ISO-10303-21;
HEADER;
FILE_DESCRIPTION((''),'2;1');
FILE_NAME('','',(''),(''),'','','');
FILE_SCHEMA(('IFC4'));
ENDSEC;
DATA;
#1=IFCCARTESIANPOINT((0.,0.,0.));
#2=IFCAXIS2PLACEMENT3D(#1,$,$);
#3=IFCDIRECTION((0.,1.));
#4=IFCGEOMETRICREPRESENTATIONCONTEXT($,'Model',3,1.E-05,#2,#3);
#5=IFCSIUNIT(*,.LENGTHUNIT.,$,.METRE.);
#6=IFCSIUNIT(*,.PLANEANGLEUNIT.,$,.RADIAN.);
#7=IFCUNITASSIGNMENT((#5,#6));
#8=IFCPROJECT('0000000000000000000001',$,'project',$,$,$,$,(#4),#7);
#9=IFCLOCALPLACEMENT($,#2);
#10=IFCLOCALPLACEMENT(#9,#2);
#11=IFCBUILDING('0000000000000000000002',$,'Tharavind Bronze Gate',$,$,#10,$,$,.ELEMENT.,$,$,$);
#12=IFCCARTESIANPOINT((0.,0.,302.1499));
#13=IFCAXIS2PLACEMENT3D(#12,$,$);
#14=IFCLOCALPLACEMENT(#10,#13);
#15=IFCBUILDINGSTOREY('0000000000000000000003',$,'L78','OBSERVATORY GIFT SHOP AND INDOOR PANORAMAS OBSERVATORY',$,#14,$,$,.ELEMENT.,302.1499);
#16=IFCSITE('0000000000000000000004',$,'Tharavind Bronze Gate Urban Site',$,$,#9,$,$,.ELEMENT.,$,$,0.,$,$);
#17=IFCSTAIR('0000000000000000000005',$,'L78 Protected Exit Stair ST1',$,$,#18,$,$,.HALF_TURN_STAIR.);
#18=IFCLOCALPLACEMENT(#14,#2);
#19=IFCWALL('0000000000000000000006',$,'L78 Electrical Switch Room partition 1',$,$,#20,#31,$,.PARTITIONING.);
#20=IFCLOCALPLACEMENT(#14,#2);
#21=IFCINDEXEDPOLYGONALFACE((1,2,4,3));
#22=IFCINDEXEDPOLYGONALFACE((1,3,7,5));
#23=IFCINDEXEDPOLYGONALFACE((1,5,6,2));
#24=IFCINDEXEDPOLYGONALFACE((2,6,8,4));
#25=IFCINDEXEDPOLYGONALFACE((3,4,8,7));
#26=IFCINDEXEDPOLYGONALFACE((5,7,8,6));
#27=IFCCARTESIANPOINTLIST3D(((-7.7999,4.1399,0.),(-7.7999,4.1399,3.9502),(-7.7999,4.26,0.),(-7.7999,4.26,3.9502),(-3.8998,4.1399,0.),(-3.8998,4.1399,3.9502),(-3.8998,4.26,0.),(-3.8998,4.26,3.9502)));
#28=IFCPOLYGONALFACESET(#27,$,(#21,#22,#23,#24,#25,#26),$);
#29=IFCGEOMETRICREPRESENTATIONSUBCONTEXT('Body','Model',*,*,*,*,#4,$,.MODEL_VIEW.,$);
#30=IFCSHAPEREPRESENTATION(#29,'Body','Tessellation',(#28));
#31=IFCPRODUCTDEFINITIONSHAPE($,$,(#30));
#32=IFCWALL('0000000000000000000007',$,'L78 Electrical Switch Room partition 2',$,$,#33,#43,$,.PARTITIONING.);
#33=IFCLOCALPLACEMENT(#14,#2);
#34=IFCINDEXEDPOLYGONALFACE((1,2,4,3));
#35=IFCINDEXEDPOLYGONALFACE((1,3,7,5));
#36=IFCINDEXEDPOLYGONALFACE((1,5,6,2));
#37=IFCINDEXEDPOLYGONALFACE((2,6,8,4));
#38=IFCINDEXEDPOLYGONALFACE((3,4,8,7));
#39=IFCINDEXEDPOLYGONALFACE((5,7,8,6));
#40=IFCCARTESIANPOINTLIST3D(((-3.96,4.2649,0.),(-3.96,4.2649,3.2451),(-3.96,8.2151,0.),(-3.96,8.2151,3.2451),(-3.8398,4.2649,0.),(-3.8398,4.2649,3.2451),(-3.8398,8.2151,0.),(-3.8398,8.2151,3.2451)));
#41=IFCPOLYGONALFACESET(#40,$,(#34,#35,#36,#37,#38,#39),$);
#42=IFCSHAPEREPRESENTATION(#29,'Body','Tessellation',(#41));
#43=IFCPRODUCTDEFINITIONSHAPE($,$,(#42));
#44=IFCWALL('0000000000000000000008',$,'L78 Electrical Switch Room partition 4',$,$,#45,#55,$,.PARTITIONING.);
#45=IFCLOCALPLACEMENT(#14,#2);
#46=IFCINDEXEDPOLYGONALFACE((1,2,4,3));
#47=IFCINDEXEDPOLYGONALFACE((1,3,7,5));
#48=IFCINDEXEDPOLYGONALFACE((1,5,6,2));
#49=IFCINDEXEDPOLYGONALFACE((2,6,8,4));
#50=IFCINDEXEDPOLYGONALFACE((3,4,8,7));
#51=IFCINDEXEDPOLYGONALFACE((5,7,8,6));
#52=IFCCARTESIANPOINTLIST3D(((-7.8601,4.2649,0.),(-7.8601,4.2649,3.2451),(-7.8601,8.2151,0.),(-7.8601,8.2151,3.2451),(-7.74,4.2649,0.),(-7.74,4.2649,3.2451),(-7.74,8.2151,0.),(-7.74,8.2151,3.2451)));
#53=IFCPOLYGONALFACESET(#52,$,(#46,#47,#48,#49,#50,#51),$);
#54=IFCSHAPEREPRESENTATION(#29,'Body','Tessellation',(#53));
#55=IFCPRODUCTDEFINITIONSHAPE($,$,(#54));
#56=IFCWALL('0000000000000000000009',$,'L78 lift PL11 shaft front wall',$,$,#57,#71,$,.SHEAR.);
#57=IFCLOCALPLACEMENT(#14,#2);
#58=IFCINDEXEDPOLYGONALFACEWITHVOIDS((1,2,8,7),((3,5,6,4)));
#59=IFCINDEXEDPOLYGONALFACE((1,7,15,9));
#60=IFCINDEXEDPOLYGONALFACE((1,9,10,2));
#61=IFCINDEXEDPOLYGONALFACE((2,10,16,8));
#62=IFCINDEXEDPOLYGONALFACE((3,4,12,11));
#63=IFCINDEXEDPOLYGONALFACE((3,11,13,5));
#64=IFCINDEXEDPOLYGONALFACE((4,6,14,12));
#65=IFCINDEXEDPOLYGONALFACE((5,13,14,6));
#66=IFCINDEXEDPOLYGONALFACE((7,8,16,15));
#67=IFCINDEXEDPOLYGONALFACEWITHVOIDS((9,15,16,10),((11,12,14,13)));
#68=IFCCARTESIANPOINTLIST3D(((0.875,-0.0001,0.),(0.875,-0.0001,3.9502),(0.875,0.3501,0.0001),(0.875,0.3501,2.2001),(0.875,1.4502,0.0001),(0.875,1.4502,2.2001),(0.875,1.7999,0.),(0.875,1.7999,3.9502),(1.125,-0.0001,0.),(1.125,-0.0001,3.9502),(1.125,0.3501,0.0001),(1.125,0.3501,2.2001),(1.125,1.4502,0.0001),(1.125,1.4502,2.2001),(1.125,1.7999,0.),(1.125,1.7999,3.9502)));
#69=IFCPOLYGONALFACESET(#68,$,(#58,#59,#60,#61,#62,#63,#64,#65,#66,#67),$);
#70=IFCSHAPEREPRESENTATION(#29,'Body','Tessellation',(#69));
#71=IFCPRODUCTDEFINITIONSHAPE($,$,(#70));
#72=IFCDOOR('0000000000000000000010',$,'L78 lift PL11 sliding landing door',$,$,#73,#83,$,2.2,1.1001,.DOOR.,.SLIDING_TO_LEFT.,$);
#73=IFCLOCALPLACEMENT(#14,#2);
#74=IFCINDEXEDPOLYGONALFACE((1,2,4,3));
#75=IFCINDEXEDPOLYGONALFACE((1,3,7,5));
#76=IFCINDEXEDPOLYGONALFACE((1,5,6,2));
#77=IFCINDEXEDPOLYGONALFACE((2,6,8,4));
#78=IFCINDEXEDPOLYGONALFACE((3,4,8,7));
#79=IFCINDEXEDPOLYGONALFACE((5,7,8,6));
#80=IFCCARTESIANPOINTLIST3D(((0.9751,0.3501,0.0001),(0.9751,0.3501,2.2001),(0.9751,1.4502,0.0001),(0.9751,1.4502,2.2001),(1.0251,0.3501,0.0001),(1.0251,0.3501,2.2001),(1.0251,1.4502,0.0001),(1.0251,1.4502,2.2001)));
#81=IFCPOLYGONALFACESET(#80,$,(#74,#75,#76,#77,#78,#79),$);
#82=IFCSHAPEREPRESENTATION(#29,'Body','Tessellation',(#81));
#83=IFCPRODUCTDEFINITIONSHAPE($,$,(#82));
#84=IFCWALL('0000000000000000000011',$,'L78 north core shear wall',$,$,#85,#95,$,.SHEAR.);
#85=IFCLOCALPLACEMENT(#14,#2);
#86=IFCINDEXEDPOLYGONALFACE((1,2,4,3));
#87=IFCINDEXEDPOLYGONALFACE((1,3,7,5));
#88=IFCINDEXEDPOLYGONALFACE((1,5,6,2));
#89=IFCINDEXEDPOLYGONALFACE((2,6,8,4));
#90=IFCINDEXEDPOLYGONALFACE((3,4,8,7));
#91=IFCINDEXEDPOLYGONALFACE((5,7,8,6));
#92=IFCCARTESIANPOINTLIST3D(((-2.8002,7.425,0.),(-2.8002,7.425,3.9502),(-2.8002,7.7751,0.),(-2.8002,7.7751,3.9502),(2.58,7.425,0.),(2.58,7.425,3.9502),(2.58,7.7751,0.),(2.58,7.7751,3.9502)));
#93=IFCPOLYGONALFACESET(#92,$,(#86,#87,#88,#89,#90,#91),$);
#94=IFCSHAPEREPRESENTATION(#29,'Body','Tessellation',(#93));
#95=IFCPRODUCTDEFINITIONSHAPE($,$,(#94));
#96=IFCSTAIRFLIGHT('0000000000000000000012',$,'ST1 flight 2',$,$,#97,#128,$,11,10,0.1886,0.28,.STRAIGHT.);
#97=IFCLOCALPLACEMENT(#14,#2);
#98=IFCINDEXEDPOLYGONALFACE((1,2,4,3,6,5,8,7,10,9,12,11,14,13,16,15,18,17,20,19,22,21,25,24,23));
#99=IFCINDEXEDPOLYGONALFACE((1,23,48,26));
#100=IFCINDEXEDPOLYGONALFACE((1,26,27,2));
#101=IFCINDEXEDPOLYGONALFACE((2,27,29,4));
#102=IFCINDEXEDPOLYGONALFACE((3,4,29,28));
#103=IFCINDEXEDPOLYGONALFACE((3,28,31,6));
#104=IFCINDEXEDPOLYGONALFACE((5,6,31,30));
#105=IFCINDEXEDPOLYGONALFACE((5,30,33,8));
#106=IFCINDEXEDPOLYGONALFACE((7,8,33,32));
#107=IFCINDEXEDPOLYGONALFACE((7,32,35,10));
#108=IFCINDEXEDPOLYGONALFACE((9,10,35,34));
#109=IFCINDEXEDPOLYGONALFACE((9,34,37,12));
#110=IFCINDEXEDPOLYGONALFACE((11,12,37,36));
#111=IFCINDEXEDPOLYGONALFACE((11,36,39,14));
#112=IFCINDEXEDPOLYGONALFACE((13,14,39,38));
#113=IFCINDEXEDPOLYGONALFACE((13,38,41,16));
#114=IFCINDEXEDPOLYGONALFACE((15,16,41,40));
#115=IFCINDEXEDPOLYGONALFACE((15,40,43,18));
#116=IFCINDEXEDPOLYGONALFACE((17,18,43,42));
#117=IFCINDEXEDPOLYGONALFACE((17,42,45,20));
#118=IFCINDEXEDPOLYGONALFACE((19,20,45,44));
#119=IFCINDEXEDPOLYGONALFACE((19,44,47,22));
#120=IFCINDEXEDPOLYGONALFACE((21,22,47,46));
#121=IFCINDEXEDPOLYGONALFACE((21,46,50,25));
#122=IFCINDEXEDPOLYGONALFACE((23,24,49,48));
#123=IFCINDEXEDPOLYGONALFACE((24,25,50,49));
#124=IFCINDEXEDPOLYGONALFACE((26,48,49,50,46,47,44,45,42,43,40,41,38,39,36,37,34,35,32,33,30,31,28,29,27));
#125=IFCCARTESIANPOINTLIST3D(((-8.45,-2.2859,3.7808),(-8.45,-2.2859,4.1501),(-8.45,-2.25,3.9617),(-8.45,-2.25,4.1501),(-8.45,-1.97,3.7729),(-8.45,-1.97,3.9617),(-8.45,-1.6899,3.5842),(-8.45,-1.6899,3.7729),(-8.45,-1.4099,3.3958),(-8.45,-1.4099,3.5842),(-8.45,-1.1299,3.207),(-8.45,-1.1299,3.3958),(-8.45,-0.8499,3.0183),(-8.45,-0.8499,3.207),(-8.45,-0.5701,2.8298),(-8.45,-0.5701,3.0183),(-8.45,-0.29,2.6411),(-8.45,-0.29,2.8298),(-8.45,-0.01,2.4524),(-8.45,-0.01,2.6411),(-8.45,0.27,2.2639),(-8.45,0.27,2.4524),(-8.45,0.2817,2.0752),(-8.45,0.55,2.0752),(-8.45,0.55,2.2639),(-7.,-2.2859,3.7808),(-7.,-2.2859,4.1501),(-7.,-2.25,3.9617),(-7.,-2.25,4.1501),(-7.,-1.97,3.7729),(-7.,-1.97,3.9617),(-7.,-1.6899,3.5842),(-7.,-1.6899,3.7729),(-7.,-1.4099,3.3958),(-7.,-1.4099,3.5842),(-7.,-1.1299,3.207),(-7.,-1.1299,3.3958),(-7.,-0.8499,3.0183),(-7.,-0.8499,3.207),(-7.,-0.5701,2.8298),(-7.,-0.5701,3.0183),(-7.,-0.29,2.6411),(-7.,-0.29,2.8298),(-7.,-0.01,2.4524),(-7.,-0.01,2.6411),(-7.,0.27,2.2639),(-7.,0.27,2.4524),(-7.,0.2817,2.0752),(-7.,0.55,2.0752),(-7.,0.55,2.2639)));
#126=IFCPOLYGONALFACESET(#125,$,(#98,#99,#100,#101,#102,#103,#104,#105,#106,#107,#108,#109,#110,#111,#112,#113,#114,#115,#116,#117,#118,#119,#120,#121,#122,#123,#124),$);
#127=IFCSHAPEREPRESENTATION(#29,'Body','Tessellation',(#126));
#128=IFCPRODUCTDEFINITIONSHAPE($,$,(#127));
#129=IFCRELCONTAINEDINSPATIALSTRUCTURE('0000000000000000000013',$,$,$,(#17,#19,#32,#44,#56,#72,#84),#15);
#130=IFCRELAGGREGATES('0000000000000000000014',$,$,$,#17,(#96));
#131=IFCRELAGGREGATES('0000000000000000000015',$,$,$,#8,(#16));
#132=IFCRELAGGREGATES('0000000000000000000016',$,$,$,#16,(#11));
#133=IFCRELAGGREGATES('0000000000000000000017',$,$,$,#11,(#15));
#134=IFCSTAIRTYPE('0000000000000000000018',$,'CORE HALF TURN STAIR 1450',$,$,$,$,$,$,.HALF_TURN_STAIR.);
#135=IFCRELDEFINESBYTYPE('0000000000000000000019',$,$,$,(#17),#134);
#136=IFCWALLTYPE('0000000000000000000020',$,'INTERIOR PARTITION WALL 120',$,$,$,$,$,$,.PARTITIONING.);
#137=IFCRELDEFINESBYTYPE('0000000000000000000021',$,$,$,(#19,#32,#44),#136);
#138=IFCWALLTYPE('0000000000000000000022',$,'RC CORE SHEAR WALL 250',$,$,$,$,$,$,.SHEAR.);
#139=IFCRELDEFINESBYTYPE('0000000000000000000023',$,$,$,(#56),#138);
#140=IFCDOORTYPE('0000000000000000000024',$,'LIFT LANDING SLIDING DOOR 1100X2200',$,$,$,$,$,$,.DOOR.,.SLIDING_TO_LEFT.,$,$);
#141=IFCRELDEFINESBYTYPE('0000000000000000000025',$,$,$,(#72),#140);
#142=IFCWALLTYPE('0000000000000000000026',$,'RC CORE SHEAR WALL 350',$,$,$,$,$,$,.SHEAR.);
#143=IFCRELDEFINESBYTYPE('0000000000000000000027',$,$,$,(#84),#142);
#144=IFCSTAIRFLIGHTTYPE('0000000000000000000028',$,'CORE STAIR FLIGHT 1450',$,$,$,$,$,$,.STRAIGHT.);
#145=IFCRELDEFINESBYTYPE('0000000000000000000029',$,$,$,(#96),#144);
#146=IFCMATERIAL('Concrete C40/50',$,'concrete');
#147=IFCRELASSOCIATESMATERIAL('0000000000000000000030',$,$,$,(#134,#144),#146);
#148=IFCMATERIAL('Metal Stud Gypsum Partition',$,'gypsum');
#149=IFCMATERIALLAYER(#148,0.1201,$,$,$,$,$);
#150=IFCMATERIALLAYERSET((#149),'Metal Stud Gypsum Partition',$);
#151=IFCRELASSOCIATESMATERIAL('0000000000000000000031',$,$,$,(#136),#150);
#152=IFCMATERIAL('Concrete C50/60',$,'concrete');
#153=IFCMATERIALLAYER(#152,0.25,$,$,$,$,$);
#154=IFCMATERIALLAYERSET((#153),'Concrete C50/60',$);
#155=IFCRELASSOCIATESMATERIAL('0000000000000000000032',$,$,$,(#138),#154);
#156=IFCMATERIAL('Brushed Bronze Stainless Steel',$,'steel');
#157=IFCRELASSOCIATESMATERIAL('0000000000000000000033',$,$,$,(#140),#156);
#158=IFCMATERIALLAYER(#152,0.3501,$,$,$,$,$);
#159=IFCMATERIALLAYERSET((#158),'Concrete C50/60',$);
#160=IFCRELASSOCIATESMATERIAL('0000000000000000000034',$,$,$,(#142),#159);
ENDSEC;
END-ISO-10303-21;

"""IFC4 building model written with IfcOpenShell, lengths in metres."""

from ifc_helpers import new_model, si_unit, direction, frame, frame_2d, origin, place, context, subcontext, project, spatial, polyline, rectangle, outline, extrude, material, layer, layer_set, type_object, element, fill, aggregate, save


model = new_model("IFC4")

# Units and contexts
model_context = context("Model", 3, precision=1e-05, world=origin(), true_north=direction((0.0, 1.0)))
body_context = subcontext(model_context, "Body", "Model", "MODEL_VIEW")
ifc_project = project(units=[si_unit("LENGTHUNIT", "METRE"), si_unit("PLANEANGLEUNIT", "RADIAN")], contexts=[model_context])

# Site, building, storey
site_placement = place(None, origin())
site = spatial("IfcSite", under=ifc_project, at=site_placement, Name="Tharavind Bronze Gate Urban Site", CompositionType="ELEMENT", RefElevation=0.0)
building_placement = place(site_placement, origin())
building = spatial("IfcBuilding", under=site, at=building_placement, Name="Tharavind Bronze Gate", CompositionType="ELEMENT")
storey_placement = place(building_placement, frame((0.0, 0.0, 302.1499)))
storey = spatial("IfcBuildingStorey", under=building, at=storey_placement, Name="L78", Description="OBSERVATORY GIFT SHOP AND INDOOR PANORAMAS OBSERVATORY", CompositionType="ELEMENT", Elevation=302.1499)

# Shared definitions
ifc_material_1 = material(Name="Concrete C40/50", Category="concrete")

# Stair
stair_type = type_object("IfcStairType", Name="CORE HALF TURN STAIR 1450", PredefinedType="HALF_TURN_STAIR", material=ifc_material_1)
stair_1_placement = place(storey_placement, origin())
stair_1 = element("IfcStair", 1, at=stair_1_placement, inside=storey, type_object=stair_type, Name="L78 Protected Exit Stair ST1", PredefinedType="HALF_TURN_STAIR")

# Shared definitions
ifc_material_2 = material(Name="Metal Stud Gypsum Partition", Category="gypsum")
ifc_layer_1 = layer(ifc_material_2, 0.1201)
ifc_layer_set_1 = layer_set([ifc_layer_1], Name="Metal Stud Gypsum Partition")
wall_type_1 = type_object("IfcWallType", Name="INTERIOR PARTITION WALL 120", PredefinedType="PARTITIONING", material=ifc_layer_set_1)

# Walls
wall_1_placement = place(storey_placement, frame((-7.8, 4.2, 0.0), z_axis=(0.0, 0.0, 1.0), x_axis=(1.0, 0.0, 0.0)))
element("IfcWall", 2, at=wall_1_placement, inside=storey, type_object=wall_type_1, Name="L78 Electrical Switch Room partition 1", PredefinedType="PARTITIONING", context=body_context, shape_type="SweptSolid", body=[
    extrude(rectangle(XDim=3.9001, YDim=0.1201, at=frame_2d((1.9502, 0.0))), origin(), (0.0, 0.0, 1.0), 3.9502),
])
for number, where, z_axis, x_axis, name in (
    (3, (-3.8999, 4.2649, 0.0), (0.0, 0.0, 1.0), (0.0, 1.0, 0.0), "L78 Electrical Switch Room partition 2"),
    (4, (-7.8, 8.2151, 0.0), (0.0, 0.0, 1.0), (0.0, -1.0, 0.0), "L78 Electrical Switch Room partition 4"),
):
    element("IfcWall", number, at=place(storey_placement, frame(where, z_axis=z_axis, x_axis=x_axis)), inside=storey, type_object=wall_type_1, Name=name, PredefinedType="PARTITIONING", context=body_context, shape_type="SweptSolid", body=[
        extrude(rectangle(XDim=3.9502, YDim=0.1201, at=frame_2d((1.9751, 0.0))), origin(), (0.0, 0.0, 1.0), 3.2451),
    ])

# Wall, opening, door
ifc_material_3 = material(Name="Concrete C50/60", Category="concrete")
ifc_layer_2 = layer(ifc_material_3, 0.25)
ifc_layer_set_2 = layer_set([ifc_layer_2], Name="Concrete C50/60")
wall_type_2 = type_object("IfcWallType", Name="RC CORE SHEAR WALL 250", PredefinedType="SHEAR", material=ifc_layer_set_2)
wall_2_placement = place(storey_placement, frame((1.0, 0.0, 0.0), z_axis=(0.0, 0.0, 1.0), x_axis=(0.0, 1.0, 0.0)))
wall_2 = element("IfcWall", 5, at=wall_2_placement, inside=storey, type_object=wall_type_2, Name="L78 lift PL11 shaft front wall", PredefinedType="SHEAR", context=body_context, shape_type="SweptSolid", body=[
    extrude(rectangle(XDim=1.8, YDim=0.25, at=frame_2d((0.8999, 0.0))), origin(), (0.0, 0.0, 1.0), 3.9502),
])
opening_1_placement = place(wall_2_placement, frame((0.3501, 0.0, 0.0)))
opening_1 = element("IfcOpeningElement", 6, at=opening_1_placement, cuts=wall_2, PredefinedType="OPENING", context=body_context, shape_type="SweptSolid", body=[
    extrude(rectangle(XDim=1.1001, YDim=2.2, at=frame_2d((0.55, 1.1001))), frame((0.0, 0.135, 0.0), z_axis=(0.0, -1.0, 0.0), x_axis=(1.0, 0.0, 0.0)), (0.0, 0.0, 1.0), 0.27),
])
ifc_material_4 = material(Name="Brushed Bronze Stainless Steel", Category="steel")
door_type_1 = type_object("IfcDoorType", Name="LIFT LANDING SLIDING DOOR 1100X2200", OperationType="SLIDING_TO_LEFT", PredefinedType="DOOR", material=ifc_material_4)
door_1_placement = place(opening_1_placement, origin())
door_1 = element("IfcDoor", 7, at=door_1_placement, inside=storey, type_object=door_type_1, Name="L78 lift PL11 sliding landing door", OperationType="SLIDING_TO_LEFT", OverallHeight=2.2, OverallWidth=1.1001, PredefinedType="DOOR", context=body_context, shape_type="SweptSolid", body=[
    extrude(rectangle(XDim=1.1001, YDim=2.2, at=frame_2d((0.55, 1.1001))), frame((0.0, 0.0249, 0.0), z_axis=(0.0, -1.0, 0.0), x_axis=(1.0, 0.0, 0.0)), (0.0, 0.0, 1.0), 0.05),
])
fill(opening_1, door_1)

# Wall
ifc_layer_3 = layer(ifc_material_3, 0.3501)
ifc_layer_set_3 = layer_set([ifc_layer_3], Name="Concrete C50/60")
wall_type_3 = type_object("IfcWallType", Name="RC CORE SHEAR WALL 350", PredefinedType="SHEAR", material=ifc_layer_set_3)
wall_3_placement = place(storey_placement, frame((-2.8, 7.6001, 0.0), z_axis=(0.0, 0.0, 1.0), x_axis=(1.0, 0.0, 0.0)))
element("IfcWall", 8, at=wall_3_placement, inside=storey, type_object=wall_type_3, Name="L78 north core shear wall", PredefinedType="SHEAR", context=body_context, shape_type="SweptSolid", body=[
    extrude(rectangle(XDim=5.3801, YDim=0.3501, at=frame_2d((2.6899, 0.0))), origin(), (0.0, 0.0, 1.0), 3.9502),
])

# Stair flight
stair_flight_type = type_object("IfcStairFlightType", Name="CORE STAIR FLIGHT 1450", PredefinedType="STRAIGHT", material=ifc_material_1)
stair_flight_placement = place(storey_placement, frame((-7.7251, 0.55, 2.0752), z_axis=(0.0, 0.0, 1.0), x_axis=(0.0, -1.0, 0.0)))
stair_flight = element("IfcStairFlight", 9, at=stair_flight_placement, type_object=stair_flight_type, Name="ST1 flight 2", NumberOfRisers=11, NumberOfTreads=10, PredefinedType="STRAIGHT", RiserHeight=0.1886, TreadLength=0.28, context=body_context, shape_type="SweptSolid", body=[
    extrude(outline(polyline([(0.0, 0.0), (0.0, 0.1887), (0.28, 0.1887), (0.28, 0.3772), (0.5601, 0.3772), (0.5601, 0.5659), (0.8401, 0.5659), (0.8401, 0.7546), (1.1201, 0.7546), (1.1201, 0.9431), (1.3999, 0.9431), (1.3999, 1.1318), (1.6799, 1.1318), (1.6799, 1.3206), (1.96, 1.3206), (1.96, 1.509), (2.24, 1.509), (2.24, 1.6978), (2.52, 1.6978), (2.52, 1.8865), (2.8, 1.8865), (2.8, 2.075), (2.8359, 2.075), (2.8359, 1.7056), (0.2683, 0.0), (0.0, 0.0)])), frame((0.0, 0.7251, 0.0), z_axis=(0.0, -1.0, 0.0), x_axis=(1.0, 0.0, 0.0)), (0.0, 0.0, 1.0), 1.45),
])
aggregate(stair_1, [stair_flight])

save(model, "model.ifc")
